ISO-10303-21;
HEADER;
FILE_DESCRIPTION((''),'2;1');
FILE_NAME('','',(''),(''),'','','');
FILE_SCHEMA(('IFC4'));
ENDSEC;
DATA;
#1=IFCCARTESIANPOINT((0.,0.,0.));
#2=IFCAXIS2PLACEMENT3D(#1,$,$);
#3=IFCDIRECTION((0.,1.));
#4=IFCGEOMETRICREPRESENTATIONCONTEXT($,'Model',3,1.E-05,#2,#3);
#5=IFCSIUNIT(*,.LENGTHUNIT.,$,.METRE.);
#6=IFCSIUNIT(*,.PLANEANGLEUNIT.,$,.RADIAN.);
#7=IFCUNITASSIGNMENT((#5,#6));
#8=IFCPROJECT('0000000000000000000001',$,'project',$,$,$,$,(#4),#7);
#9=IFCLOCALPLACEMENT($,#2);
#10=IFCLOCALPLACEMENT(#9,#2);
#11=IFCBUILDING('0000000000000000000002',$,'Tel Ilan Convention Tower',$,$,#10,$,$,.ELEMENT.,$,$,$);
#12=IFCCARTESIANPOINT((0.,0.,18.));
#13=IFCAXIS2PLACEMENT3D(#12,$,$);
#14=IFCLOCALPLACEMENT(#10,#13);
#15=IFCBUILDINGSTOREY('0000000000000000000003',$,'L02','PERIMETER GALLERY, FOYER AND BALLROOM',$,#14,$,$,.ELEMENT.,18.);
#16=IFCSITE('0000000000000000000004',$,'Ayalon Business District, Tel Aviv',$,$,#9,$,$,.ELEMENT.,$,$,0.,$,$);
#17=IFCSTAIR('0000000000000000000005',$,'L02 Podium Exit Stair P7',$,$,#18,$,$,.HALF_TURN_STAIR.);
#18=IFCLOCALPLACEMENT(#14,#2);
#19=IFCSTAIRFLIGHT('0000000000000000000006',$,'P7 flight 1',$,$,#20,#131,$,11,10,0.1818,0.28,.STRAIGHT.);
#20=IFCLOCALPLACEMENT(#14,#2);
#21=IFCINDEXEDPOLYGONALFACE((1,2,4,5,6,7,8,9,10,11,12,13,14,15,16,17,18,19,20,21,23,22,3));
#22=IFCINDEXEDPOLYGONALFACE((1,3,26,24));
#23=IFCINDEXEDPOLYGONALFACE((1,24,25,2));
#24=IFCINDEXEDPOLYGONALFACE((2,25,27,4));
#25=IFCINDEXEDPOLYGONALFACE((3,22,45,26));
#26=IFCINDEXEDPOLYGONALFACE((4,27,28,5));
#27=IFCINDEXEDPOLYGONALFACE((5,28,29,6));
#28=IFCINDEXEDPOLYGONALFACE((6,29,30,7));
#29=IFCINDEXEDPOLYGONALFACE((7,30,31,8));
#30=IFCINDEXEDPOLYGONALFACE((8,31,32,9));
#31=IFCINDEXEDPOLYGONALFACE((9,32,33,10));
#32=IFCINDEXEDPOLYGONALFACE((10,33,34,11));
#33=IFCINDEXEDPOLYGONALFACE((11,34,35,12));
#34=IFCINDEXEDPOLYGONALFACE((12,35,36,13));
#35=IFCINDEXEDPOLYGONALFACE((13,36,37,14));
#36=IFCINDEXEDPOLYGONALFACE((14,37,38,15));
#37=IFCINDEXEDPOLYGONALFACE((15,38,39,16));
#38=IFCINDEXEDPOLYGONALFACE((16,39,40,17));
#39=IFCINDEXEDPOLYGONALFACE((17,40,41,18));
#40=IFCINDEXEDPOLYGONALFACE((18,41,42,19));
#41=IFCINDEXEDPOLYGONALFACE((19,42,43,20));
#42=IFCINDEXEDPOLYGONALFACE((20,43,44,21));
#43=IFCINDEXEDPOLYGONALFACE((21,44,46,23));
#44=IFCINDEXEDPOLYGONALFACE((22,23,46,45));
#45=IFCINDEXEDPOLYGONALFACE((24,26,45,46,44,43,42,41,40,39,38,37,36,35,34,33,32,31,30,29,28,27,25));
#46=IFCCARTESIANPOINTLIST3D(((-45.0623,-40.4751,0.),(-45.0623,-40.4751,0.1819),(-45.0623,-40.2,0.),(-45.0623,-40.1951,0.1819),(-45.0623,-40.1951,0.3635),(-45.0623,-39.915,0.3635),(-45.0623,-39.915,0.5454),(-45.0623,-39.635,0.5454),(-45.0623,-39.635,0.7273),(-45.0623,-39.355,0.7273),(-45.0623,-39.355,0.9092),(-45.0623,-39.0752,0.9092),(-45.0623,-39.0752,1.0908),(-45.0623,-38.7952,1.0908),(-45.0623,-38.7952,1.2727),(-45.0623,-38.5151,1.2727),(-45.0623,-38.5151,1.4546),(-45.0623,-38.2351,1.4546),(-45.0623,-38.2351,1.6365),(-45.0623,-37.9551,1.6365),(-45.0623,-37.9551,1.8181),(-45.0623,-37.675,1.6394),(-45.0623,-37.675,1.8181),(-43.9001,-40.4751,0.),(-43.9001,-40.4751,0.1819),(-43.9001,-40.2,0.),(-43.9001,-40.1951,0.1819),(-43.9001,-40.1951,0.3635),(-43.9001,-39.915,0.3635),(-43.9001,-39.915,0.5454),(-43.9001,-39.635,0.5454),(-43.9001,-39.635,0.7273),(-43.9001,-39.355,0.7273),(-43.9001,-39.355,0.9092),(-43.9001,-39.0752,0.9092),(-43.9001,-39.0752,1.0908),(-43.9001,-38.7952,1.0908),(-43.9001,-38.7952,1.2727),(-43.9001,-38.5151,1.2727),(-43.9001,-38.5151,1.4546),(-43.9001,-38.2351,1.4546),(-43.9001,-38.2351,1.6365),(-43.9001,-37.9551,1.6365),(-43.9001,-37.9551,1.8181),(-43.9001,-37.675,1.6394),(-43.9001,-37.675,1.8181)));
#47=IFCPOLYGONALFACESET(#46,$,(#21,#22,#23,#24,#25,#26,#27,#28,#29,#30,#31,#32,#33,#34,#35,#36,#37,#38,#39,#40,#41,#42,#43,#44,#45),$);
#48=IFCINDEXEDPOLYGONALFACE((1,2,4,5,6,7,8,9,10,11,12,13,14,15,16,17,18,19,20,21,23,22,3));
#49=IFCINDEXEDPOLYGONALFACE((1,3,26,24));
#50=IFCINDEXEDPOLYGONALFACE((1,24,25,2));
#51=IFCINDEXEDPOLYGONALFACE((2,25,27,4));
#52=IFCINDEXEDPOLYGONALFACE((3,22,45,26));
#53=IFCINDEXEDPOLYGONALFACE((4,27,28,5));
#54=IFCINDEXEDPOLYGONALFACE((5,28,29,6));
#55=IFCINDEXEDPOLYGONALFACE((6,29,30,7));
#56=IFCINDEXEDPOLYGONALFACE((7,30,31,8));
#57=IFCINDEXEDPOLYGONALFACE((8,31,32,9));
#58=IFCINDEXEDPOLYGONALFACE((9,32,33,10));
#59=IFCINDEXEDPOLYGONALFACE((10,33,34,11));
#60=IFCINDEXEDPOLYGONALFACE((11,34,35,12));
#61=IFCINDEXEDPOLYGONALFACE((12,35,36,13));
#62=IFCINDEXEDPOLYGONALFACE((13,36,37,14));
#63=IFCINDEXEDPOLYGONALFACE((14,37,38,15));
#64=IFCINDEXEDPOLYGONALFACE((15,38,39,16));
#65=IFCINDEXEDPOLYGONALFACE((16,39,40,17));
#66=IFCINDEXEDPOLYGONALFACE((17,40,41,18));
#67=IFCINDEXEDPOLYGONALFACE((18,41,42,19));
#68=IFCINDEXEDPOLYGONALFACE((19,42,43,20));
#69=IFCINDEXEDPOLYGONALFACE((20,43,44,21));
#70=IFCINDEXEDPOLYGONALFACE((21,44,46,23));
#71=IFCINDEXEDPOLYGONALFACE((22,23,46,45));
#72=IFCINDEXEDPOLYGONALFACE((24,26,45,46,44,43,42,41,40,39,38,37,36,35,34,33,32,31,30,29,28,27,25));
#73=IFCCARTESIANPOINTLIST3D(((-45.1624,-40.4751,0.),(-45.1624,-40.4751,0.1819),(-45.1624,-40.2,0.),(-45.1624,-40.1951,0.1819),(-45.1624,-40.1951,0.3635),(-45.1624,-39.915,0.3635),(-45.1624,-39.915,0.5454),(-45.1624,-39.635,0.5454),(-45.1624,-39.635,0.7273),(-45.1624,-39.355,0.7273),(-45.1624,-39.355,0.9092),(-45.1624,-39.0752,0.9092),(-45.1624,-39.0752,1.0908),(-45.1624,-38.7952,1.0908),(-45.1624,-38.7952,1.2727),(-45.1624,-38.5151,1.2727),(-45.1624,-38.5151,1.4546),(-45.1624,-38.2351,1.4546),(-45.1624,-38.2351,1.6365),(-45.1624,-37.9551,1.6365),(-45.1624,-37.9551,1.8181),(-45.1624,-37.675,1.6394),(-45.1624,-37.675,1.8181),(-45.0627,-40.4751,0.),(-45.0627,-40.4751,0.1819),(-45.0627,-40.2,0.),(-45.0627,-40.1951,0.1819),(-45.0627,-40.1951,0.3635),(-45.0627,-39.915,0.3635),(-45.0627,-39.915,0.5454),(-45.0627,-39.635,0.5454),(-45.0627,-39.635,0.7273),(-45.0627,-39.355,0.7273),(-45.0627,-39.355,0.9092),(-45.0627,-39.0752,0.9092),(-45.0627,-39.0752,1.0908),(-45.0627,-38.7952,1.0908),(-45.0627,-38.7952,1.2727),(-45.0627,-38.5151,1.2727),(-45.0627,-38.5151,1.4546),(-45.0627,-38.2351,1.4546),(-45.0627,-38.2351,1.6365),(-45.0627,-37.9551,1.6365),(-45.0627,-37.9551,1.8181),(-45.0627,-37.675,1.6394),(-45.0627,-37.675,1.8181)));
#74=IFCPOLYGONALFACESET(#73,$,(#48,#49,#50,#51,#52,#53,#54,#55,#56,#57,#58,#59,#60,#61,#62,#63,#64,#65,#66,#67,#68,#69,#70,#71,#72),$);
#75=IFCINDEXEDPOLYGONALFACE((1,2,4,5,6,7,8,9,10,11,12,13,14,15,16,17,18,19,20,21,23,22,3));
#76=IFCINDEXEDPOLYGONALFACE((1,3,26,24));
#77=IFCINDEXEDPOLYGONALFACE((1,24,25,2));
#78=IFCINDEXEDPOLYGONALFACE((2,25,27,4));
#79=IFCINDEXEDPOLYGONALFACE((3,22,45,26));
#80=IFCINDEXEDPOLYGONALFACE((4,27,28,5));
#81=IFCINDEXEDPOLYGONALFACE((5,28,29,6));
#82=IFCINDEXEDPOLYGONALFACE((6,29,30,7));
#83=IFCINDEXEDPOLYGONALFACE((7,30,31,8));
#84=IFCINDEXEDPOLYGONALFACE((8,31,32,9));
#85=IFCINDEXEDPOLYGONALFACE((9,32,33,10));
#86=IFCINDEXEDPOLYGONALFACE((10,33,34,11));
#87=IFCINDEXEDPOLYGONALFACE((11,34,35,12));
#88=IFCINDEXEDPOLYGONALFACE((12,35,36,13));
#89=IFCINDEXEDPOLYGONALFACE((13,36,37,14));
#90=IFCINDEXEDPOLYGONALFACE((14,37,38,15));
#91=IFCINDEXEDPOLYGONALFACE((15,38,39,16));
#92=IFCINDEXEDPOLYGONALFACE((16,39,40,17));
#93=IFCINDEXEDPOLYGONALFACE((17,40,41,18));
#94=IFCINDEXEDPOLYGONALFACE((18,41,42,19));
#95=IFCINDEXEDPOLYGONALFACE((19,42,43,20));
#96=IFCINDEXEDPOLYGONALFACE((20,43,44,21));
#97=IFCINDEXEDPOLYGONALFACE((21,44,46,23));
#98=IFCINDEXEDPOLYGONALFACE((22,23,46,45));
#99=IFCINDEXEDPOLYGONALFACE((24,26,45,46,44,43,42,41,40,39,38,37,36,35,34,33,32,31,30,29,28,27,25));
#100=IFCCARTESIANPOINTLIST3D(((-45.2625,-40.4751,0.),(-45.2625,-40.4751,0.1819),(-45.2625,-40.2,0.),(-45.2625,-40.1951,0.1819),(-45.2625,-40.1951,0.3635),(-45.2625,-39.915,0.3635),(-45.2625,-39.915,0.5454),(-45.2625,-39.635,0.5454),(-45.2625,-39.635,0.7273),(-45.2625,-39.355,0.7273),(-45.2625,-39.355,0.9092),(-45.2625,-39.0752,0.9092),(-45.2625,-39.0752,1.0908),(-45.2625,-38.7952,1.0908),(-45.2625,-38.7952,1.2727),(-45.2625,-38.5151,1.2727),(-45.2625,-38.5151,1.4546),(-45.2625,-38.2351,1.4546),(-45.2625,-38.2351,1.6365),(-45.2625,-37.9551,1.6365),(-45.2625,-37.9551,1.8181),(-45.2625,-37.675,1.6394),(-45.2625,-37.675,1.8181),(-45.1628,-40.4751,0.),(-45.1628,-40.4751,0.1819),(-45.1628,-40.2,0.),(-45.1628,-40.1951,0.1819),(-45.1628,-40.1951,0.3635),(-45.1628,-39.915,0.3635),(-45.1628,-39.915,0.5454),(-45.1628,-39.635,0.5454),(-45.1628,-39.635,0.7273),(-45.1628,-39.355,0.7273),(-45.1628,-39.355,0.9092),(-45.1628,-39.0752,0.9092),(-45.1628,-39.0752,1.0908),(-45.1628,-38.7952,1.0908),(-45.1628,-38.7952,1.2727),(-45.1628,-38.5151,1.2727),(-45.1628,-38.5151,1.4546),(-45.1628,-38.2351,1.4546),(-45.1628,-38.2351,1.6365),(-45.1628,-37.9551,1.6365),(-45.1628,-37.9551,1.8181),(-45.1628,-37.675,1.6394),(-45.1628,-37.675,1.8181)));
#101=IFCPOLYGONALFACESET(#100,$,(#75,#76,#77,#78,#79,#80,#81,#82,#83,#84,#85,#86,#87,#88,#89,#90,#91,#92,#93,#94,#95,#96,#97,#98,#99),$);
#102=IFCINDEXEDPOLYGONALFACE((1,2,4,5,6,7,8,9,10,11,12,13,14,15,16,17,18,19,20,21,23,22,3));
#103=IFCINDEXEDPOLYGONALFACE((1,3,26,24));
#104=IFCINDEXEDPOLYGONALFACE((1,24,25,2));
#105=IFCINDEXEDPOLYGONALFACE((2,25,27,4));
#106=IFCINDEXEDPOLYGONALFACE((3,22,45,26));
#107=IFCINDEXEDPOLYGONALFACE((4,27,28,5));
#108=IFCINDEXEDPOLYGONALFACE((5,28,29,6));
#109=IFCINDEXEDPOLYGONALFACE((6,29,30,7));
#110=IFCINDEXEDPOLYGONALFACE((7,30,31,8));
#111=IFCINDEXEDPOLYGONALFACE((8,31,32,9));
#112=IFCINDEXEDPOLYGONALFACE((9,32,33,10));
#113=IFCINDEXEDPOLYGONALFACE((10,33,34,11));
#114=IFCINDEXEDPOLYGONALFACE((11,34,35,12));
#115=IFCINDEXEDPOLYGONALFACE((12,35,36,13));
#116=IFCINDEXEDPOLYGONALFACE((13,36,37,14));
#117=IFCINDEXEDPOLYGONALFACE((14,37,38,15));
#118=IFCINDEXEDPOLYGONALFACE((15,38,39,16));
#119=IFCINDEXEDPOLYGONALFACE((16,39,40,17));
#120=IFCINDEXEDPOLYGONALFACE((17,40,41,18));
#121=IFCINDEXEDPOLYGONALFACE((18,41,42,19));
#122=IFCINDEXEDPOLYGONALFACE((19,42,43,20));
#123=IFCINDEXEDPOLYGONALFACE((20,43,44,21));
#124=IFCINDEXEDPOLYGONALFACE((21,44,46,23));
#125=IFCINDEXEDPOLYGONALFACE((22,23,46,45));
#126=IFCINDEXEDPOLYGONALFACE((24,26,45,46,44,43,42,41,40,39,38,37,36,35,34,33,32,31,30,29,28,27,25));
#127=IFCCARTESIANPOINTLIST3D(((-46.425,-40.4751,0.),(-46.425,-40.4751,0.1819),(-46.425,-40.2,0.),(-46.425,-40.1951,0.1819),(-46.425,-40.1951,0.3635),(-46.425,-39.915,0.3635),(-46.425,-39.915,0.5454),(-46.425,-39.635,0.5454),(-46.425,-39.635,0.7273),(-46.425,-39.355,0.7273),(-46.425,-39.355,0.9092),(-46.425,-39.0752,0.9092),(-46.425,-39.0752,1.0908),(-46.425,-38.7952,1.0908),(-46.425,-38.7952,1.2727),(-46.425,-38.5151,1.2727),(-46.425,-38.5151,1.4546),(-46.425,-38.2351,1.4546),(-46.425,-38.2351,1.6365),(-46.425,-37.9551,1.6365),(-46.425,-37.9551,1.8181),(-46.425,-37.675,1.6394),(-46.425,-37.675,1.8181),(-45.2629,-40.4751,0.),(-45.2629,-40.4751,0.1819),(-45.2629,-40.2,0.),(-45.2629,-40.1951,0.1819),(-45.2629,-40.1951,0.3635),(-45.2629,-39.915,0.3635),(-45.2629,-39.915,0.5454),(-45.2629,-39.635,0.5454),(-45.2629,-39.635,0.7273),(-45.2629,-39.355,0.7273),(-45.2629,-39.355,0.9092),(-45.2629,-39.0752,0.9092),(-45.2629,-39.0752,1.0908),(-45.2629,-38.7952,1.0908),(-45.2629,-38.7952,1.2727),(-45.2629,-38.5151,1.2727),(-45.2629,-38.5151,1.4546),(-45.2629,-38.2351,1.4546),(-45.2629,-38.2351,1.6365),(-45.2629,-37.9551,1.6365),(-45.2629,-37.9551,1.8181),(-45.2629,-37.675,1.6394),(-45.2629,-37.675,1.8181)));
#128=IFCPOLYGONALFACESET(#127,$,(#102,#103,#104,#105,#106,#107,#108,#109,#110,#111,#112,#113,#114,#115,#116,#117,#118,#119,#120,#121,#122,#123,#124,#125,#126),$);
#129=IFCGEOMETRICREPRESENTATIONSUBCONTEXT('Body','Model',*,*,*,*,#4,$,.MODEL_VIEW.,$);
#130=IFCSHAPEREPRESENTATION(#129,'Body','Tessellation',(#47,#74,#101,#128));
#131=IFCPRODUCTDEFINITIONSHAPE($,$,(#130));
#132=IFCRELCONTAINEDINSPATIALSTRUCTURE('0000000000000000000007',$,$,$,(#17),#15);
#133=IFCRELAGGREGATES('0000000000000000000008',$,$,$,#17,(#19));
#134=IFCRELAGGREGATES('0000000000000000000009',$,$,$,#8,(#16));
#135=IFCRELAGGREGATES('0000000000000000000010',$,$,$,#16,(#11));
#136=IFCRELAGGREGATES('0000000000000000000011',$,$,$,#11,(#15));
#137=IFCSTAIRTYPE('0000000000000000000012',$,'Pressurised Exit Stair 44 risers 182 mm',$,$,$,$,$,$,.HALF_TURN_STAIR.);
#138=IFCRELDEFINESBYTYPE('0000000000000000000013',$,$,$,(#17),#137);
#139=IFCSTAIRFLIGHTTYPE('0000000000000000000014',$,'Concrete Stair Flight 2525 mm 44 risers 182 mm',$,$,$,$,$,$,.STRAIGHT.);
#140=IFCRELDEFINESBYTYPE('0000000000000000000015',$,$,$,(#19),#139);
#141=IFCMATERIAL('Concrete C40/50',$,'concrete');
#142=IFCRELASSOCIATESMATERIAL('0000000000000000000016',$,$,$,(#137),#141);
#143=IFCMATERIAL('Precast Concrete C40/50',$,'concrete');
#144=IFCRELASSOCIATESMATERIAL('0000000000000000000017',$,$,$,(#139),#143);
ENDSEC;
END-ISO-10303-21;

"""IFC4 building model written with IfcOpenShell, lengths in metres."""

from ifc_helpers import new_model, si_unit, direction, frame, origin, place, context, subcontext, project, spatial, polyline, outline, extrude, material, type_object, element, aggregate, save


model = new_model("IFC4")

# Units and contexts
model_context = context("Model", 3, precision=1e-05, world=origin(), true_north=direction((0.0, 1.0)))
body_context = subcontext(model_context, "Body", "Model", "MODEL_VIEW")
ifc_project = project(units=[si_unit("LENGTHUNIT", "METRE"), si_unit("PLANEANGLEUNIT", "RADIAN")], contexts=[model_context])

# Site, building, storey
site_placement = place(None, origin())
site = spatial("IfcSite", under=ifc_project, at=site_placement, Name="Ayalon Business District, Tel Aviv", CompositionType="ELEMENT", RefElevation=0.0)
building_placement = place(site_placement, origin())
building = spatial("IfcBuilding", under=site, at=building_placement, Name="Tel Ilan Convention Tower", CompositionType="ELEMENT")
storey_placement = place(building_placement, frame((0.0, 0.0, 18.0)))
storey = spatial("IfcBuildingStorey", under=building, at=storey_placement, Name="L02", Description="PERIMETER GALLERY, FOYER AND BALLROOM", CompositionType="ELEMENT", Elevation=18.0)

# Stair, stair flight
ifc_material_1 = material(Name="Concrete C40/50", Category="concrete")
stair_type = type_object("IfcStairType", Name="Pressurised Exit Stair 44 risers 182 mm", PredefinedType="HALF_TURN_STAIR", material=ifc_material_1)
stair_placement = place(storey_placement, origin())
stair = element("IfcStair", 1, at=stair_placement, inside=storey, type_object=stair_type, Name="L02 Podium Exit Stair P7", PredefinedType="HALF_TURN_STAIR")
ifc_material_2 = material(Name="Precast Concrete C40/50", Category="concrete")
stair_flight_type = type_object("IfcStairFlightType", Name="Concrete Stair Flight 2525 mm 44 risers 182 mm", PredefinedType="STRAIGHT", material=ifc_material_2)
stair_flight_1_placement = place(storey_placement, frame((-45.1626, -40.4751, 0.0), z_axis=(0.0, 0.0, 1.0), x_axis=(0.0, 1.0, 0.0)))
stair_flight_1 = element("IfcStairFlight", 2, at=stair_flight_1_placement, type_object=stair_flight_type, Name="P7 flight 1", NumberOfRisers=11, NumberOfTreads=10, PredefinedType="STRAIGHT", RiserHeight=0.1818, TreadLength=0.28, context=body_context, shape_type="SweptSolid", body=[
    extrude(outline(polyline([(0.0, 0.0), (0.0, 0.1819), (0.28, 0.1819), (0.28, 0.3635), (0.5601, 0.3635), (0.5601, 0.5454), (0.8401, 0.5454), (0.8401, 0.7273), (1.1201, 0.7273), (1.1201, 0.9092), (1.3999, 0.9092), (1.3999, 1.0908), (1.6799, 1.0908), (1.6799, 1.2727), (1.96, 1.2727), (1.96, 1.4546), (2.24, 1.4546), (2.24, 1.6365), (2.52, 1.6365), (2.52, 1.8181), (2.8, 1.8181), (2.8, 2.0), (2.8, 1.6394), (0.2751, 0.0), (0.0, 0.0)])), frame((0.0, -0.1003, 0.0), z_axis=(0.0, -1.0, 0.0), x_axis=(1.0, 0.0, 0.0)), (0.0, 0.0, 1.0), 1.1621),
    extrude(outline(polyline([(0.0, 0.0), (0.0, 0.1819), (0.28, 0.1819), (0.28, 0.3635), (0.5601, 0.3635), (0.5601, 0.5454), (0.8401, 0.5454), (0.8401, 0.7273), (1.1201, 0.7273), (1.1201, 0.9092), (1.3999, 0.9092), (1.3999, 1.0908), (1.6799, 1.0908), (1.6799, 1.2727), (1.96, 1.2727), (1.96, 1.4546), (2.24, 1.4546), (2.24, 1.6365), (2.52, 1.6365), (2.52, 1.8181), (2.8, 1.8181), (2.8, 2.0), (2.8, 1.6394), (0.2751, 0.0), (0.0, 0.0)])), frame((0.0, -0.0002, 0.0), z_axis=(0.0, -1.0, 0.0), x_axis=(1.0, 0.0, 0.0)), (0.0, 0.0, 1.0), 0.0996),
    extrude(outline(polyline([(0.0, 0.0), (0.0, 0.1819), (0.28, 0.1819), (0.28, 0.3635), (0.5601, 0.3635), (0.5601, 0.5454), (0.8401, 0.5454), (0.8401, 0.7273), (1.1201, 0.7273), (1.1201, 0.9092), (1.3999, 0.9092), (1.3999, 1.0908), (1.6799, 1.0908), (1.6799, 1.2727), (1.96, 1.2727), (1.96, 1.4546), (2.24, 1.4546), (2.24, 1.6365), (2.52, 1.6365), (2.52, 1.8181), (2.8, 1.8181), (2.8, 2.0), (2.8, 1.6394), (0.2751, 0.0), (0.0, 0.0)])), frame((0.0, 0.0999, 0.0), z_axis=(0.0, -1.0, 0.0), x_axis=(1.0, 0.0, 0.0)), (0.0, 0.0, 1.0), 0.0996),
    extrude(outline(polyline([(0.0, 0.0), (0.0, 0.1819), (0.28, 0.1819), (0.28, 0.3635), (0.5601, 0.3635), (0.5601, 0.5454), (0.8401, 0.5454), (0.8401, 0.7273), (1.1201, 0.7273), (1.1201, 0.9092), (1.3999, 0.9092), (1.3999, 1.0908), (1.6799, 1.0908), (1.6799, 1.2727), (1.96, 1.2727), (1.96, 1.4546), (2.24, 1.4546), (2.24, 1.6365), (2.52, 1.6365), (2.52, 1.8181), (2.8, 1.8181), (2.8, 2.0), (2.8, 1.6394), (0.2751, 0.0), (0.0, 0.0)])), frame((0.0, 1.2625, 0.0), z_axis=(0.0, -1.0, 0.0), x_axis=(1.0, 0.0, 0.0)), (0.0, 0.0, 1.0), 1.1621),
])
aggregate(stair, [stair_flight_1])

save(model, "model.ifc")
